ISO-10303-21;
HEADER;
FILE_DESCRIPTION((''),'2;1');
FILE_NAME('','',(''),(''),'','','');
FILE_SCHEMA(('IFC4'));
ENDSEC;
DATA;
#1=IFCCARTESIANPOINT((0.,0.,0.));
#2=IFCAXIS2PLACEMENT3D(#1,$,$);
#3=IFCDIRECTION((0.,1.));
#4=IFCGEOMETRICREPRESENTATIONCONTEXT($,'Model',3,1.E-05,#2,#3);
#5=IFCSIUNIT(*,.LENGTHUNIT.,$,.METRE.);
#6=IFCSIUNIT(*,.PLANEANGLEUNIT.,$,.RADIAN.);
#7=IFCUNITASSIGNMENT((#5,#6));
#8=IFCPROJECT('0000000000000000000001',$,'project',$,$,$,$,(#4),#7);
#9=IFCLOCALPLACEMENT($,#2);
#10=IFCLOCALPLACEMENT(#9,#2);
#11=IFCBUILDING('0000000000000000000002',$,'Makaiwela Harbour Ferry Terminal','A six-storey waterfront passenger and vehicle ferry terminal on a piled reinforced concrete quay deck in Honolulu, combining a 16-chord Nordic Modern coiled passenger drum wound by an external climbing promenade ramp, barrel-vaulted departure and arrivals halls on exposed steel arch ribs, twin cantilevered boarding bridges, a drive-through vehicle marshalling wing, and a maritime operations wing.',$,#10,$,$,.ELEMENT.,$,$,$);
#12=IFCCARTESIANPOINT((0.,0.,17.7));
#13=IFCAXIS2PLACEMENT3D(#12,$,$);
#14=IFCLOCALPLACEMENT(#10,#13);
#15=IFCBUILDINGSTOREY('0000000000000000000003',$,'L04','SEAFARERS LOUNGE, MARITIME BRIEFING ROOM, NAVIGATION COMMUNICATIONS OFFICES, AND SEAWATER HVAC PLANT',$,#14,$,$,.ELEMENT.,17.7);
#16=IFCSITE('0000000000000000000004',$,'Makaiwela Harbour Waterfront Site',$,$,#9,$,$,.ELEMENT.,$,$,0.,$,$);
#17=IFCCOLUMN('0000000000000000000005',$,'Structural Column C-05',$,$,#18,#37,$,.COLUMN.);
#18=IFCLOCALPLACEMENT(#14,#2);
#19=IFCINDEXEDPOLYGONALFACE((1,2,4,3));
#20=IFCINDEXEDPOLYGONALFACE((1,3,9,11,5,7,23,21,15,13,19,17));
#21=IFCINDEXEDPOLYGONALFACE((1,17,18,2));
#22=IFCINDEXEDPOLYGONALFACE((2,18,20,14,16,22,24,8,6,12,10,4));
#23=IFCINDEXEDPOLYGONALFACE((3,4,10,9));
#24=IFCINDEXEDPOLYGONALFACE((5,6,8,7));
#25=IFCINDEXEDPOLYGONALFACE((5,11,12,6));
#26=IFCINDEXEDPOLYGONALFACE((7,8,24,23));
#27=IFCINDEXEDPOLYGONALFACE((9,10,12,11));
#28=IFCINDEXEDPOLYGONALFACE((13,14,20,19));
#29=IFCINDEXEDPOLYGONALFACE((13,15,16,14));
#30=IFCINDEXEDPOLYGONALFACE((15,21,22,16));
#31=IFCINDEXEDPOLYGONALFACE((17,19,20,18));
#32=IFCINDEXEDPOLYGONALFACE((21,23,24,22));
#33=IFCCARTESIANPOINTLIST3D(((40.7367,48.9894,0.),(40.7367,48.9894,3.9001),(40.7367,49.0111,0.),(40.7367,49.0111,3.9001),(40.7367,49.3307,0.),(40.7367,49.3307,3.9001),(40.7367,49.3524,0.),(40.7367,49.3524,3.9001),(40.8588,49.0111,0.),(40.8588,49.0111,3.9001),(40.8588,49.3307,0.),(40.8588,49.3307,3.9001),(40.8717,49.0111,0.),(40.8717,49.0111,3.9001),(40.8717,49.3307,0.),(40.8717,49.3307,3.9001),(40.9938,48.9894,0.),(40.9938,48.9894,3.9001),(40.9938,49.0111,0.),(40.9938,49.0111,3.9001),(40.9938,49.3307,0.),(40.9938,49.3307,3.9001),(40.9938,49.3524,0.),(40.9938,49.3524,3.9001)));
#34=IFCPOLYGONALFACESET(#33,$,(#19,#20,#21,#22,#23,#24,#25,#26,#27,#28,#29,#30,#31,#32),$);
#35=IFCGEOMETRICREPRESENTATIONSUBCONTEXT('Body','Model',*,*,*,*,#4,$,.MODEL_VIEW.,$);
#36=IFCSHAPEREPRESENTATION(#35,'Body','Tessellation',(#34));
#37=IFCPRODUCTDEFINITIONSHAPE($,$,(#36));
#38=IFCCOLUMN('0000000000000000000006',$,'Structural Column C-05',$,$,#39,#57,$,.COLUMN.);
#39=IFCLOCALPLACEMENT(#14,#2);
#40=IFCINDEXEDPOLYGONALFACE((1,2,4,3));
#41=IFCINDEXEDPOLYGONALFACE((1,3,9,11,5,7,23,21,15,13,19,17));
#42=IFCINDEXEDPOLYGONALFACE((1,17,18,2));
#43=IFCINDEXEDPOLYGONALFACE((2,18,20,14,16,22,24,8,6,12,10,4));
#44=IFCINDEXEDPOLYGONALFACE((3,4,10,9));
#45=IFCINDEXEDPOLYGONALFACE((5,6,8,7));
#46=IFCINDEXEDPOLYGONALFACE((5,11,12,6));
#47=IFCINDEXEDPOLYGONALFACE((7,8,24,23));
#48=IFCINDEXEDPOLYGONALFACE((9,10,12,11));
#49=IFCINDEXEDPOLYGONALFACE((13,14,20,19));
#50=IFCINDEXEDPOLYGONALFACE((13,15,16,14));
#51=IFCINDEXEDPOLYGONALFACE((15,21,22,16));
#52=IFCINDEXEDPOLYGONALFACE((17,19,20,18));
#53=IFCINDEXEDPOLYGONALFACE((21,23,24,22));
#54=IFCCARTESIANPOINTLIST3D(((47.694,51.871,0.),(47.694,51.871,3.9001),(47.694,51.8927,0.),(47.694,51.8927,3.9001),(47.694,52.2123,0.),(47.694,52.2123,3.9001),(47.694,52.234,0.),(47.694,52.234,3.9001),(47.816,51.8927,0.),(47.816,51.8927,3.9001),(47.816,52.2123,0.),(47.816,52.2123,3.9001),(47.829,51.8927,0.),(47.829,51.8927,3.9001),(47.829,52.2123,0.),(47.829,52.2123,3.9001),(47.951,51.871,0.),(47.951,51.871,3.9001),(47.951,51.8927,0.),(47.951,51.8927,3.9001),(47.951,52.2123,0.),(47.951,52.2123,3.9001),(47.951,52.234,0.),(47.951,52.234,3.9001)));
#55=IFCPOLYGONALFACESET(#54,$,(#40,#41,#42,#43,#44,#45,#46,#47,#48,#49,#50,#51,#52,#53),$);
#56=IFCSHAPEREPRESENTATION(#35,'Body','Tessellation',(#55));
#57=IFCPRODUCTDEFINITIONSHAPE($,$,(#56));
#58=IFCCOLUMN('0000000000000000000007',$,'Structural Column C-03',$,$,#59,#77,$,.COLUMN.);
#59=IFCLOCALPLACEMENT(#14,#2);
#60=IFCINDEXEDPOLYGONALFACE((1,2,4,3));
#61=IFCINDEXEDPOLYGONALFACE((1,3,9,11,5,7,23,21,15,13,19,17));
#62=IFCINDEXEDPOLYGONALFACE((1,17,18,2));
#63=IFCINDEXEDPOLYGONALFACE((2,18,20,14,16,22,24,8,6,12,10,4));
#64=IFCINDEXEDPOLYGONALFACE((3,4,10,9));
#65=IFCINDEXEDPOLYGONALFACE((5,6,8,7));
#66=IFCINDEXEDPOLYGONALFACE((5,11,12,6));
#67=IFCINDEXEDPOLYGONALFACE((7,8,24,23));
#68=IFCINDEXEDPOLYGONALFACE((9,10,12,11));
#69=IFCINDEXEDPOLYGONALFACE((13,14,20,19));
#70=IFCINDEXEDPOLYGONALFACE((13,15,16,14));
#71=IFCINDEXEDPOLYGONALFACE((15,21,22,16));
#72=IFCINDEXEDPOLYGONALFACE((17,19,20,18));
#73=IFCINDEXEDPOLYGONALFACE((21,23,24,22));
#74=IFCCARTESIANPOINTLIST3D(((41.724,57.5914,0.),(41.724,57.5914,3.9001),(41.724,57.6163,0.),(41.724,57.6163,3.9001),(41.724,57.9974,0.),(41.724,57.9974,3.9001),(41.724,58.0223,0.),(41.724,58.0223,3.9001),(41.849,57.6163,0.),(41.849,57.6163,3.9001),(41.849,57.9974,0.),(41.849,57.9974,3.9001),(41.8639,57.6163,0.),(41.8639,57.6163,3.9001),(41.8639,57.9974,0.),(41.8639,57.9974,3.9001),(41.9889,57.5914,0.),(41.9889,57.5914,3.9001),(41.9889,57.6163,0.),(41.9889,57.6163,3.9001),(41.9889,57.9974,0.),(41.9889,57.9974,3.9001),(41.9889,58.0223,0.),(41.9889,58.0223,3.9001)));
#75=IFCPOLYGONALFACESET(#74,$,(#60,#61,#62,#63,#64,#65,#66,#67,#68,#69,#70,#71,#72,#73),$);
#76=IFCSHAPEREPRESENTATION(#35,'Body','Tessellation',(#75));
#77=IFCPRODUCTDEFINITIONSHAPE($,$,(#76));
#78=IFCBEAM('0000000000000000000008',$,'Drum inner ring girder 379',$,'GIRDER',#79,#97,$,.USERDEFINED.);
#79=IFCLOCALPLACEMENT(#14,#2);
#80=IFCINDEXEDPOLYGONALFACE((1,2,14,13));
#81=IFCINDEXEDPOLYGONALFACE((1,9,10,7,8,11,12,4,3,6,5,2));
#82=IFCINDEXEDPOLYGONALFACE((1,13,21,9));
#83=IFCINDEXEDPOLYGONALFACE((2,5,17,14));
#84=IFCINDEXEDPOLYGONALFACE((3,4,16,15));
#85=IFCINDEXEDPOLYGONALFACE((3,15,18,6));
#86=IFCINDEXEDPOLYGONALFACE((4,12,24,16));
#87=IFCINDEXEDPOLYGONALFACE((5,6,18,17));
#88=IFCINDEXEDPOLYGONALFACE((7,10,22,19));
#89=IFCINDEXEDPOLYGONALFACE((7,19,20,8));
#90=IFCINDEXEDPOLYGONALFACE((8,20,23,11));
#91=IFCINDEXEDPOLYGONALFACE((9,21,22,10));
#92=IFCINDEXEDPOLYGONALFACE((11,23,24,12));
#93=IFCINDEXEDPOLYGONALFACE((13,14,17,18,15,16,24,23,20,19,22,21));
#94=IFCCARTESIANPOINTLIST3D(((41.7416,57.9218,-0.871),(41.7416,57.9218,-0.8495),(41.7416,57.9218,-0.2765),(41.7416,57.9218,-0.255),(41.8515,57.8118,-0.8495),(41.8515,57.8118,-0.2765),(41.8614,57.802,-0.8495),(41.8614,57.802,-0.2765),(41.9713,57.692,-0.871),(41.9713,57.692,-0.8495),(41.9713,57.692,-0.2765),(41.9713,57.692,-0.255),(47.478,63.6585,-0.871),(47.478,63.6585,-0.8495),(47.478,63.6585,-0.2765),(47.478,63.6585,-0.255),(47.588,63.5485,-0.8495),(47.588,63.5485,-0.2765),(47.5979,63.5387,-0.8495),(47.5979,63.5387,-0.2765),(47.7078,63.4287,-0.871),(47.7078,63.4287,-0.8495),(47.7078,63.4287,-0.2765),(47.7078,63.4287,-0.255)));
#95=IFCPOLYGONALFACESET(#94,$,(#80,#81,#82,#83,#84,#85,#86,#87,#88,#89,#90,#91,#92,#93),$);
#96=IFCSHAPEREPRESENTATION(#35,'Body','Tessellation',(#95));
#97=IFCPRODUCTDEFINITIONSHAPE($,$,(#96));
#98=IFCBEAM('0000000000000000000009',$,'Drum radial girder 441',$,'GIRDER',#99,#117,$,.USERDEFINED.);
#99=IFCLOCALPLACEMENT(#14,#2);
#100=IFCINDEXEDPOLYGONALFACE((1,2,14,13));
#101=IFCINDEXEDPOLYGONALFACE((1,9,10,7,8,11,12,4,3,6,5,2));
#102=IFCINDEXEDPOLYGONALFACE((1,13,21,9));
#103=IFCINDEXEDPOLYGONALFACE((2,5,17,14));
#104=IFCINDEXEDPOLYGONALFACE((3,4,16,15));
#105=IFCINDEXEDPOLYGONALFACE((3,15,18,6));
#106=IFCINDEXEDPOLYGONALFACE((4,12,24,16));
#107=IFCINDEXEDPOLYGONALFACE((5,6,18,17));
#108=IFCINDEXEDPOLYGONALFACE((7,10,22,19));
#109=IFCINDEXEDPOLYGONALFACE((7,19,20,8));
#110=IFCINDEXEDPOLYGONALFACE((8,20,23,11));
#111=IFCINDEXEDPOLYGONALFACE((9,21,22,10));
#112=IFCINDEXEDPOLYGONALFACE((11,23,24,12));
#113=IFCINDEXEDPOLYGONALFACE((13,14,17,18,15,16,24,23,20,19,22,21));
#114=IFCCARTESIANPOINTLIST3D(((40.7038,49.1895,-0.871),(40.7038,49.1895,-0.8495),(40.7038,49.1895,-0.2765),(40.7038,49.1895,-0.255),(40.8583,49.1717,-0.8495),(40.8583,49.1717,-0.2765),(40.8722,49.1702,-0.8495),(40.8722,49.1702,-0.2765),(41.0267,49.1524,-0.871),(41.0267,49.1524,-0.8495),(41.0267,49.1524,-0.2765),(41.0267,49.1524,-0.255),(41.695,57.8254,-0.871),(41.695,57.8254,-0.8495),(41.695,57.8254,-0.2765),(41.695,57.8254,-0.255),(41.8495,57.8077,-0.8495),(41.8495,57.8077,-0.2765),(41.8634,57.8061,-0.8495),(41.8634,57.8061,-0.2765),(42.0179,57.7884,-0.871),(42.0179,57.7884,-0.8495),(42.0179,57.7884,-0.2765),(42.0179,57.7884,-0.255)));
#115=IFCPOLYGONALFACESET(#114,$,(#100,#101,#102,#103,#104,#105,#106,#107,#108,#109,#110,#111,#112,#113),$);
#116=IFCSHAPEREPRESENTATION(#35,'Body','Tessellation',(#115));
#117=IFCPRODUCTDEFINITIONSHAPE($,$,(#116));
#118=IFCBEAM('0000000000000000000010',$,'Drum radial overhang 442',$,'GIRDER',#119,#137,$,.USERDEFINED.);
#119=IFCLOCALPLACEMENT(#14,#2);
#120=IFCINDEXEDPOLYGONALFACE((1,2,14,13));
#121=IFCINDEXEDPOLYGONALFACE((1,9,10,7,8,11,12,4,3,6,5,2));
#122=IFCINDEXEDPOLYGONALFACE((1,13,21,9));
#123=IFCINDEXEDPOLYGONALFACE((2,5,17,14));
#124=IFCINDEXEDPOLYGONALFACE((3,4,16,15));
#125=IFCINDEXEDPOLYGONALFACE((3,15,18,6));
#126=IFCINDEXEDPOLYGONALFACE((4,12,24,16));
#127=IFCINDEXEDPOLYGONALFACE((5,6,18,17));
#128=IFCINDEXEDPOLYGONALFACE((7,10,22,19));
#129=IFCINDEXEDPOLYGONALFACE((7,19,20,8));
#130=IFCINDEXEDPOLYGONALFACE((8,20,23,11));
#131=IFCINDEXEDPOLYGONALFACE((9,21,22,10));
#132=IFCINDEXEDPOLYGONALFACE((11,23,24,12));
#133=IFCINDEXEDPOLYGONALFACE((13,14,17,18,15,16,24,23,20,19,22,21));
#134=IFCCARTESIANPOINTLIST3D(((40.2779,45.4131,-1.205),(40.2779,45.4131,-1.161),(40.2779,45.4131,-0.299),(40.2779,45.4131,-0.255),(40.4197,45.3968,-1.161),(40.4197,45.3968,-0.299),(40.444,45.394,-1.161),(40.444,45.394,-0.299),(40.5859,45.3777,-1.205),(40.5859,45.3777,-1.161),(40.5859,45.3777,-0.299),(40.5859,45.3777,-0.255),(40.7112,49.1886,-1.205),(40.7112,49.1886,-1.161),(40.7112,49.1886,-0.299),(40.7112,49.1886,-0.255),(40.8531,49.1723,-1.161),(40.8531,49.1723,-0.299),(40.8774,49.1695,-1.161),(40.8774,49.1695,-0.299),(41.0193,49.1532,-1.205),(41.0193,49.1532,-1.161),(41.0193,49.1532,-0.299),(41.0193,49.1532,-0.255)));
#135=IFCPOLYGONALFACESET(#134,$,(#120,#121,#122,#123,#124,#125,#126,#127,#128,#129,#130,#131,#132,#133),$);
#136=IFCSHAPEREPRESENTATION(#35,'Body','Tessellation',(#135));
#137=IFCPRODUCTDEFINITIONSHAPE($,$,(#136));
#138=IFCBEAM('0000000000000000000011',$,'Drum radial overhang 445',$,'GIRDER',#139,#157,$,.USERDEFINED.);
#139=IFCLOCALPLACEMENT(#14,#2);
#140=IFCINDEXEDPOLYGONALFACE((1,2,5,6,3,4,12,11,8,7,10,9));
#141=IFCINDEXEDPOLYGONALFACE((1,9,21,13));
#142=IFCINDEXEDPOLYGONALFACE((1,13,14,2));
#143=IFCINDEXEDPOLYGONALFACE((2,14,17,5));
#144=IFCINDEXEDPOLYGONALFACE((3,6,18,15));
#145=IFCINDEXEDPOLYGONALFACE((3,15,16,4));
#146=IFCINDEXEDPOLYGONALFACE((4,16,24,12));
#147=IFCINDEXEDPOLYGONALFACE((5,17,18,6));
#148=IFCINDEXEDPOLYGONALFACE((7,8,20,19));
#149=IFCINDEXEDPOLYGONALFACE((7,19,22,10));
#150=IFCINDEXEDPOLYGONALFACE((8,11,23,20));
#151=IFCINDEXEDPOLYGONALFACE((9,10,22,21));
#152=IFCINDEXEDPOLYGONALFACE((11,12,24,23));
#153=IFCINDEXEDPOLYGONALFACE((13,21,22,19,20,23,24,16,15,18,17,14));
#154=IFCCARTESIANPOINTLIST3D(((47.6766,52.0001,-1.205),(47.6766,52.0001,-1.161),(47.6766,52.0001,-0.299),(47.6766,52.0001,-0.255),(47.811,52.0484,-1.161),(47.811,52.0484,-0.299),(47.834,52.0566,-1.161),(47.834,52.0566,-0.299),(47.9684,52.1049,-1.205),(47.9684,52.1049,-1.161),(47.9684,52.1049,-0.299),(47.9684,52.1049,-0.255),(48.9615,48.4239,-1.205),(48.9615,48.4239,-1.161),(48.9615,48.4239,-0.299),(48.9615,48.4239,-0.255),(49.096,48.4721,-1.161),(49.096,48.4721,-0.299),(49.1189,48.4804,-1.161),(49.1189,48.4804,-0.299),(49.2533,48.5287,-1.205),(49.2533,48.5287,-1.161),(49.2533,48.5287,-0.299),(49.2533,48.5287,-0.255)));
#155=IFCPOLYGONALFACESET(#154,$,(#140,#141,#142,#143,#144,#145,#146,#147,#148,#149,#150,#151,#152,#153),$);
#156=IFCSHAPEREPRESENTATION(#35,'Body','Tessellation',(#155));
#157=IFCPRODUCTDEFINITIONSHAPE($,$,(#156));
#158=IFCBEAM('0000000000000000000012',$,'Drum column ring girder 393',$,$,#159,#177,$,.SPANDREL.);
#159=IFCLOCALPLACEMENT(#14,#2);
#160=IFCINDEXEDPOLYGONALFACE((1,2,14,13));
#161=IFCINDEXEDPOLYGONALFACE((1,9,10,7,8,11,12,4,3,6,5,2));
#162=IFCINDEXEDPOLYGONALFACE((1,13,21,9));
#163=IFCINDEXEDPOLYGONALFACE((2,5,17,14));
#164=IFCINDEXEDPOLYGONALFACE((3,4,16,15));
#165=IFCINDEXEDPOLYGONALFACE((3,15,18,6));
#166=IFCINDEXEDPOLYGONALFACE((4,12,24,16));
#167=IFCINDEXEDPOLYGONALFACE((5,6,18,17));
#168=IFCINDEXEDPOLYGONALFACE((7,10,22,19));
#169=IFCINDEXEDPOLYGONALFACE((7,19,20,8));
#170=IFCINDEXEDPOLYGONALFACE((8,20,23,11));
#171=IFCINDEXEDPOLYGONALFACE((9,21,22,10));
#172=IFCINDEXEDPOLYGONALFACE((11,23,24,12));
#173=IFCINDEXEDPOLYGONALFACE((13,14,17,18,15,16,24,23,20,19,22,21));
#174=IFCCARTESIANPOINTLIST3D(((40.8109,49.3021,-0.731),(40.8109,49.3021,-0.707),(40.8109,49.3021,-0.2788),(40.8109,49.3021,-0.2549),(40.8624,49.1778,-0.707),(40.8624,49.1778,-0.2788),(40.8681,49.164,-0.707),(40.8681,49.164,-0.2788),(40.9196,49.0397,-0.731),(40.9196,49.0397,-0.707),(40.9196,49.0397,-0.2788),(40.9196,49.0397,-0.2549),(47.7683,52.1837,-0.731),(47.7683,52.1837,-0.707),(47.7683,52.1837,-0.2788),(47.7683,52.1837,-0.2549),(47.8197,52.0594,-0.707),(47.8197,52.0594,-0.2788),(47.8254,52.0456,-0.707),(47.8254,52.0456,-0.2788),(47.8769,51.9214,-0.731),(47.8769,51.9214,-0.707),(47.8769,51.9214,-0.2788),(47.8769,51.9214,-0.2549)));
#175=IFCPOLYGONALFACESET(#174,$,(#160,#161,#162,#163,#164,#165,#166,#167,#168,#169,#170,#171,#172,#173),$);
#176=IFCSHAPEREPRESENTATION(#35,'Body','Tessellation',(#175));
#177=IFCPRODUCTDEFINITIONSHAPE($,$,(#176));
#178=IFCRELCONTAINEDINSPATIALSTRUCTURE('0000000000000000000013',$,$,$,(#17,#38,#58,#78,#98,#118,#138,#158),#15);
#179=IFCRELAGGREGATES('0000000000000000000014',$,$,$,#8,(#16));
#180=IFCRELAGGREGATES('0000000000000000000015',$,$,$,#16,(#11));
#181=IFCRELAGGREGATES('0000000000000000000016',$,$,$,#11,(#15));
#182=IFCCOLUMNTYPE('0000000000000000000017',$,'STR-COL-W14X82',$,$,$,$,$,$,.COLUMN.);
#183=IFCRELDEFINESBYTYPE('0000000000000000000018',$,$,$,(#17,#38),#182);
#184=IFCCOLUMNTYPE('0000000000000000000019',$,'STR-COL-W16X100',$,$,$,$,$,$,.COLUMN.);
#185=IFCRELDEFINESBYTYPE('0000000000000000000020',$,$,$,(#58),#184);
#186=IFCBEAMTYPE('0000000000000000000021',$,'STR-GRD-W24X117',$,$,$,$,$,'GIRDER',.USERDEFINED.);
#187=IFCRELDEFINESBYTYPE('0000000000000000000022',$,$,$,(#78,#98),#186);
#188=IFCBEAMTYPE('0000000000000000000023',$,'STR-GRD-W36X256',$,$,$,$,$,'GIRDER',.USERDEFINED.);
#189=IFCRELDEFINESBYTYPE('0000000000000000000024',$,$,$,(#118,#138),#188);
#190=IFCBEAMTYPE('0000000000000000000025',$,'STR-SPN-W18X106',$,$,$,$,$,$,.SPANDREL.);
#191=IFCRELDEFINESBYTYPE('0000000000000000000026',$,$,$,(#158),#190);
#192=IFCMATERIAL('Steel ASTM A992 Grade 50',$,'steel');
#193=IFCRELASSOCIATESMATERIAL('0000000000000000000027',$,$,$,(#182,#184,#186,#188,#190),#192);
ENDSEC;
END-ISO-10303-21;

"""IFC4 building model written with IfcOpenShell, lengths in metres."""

from ifc_helpers import new_model, si_unit, direction, frame, origin, origin_2d, place, context, subcontext, project, spatial, i_section, extrude, material, material_profile, profile_set, type_object, element, save


model = new_model("IFC4")

# Units and contexts
model_context = context("Model", 3, precision=1e-05, world=origin(), true_north=direction((0.0, 1.0)))
body_context = subcontext(model_context, "Body", "Model", "MODEL_VIEW")
ifc_project = project(units=[si_unit("LENGTHUNIT", "METRE"), si_unit("PLANEANGLEUNIT", "RADIAN")], contexts=[model_context])

# Site, building, storey
site_placement = place(None, origin())
site = spatial("IfcSite", under=ifc_project, at=site_placement, Name="Makaiwela Harbour Waterfront Site", CompositionType="ELEMENT", RefElevation=0.0)
building_placement = place(site_placement, origin())
building = spatial("IfcBuilding", under=site, at=building_placement, Name="Makaiwela Harbour Ferry Terminal", Description="A six-storey waterfront passenger and vehicle ferry terminal on a piled reinforced concrete quay deck in Honolulu, combining a 16-chord Nordic Modern coiled passenger drum wound by an external climbing promenade ramp, barrel-vaulted departure and arrivals halls on exposed steel arch ribs, twin cantilevered boarding bridges, a drive-through vehicle marshalling wing, and a maritime operations wing.", CompositionType="ELEMENT")
storey_placement = place(building_placement, frame((0.0, 0.0, 17.7)))
storey = spatial("IfcBuildingStorey", under=building, at=storey_placement, Name="L04", Description="SEAFARERS LOUNGE, MARITIME BRIEFING ROOM, NAVIGATION COMMUNICATIONS OFFICES, AND SEAWATER HVAC PLANT", CompositionType="ELEMENT", Elevation=17.7)

# Columns
ifc_material_1 = material(Name="Steel ASTM A992 Grade 50", Category="steel")
ifc_material_profile_1 = material_profile(ifc_material_1, i_section(OverallWidth=0.2571, OverallDepth=0.363, WebThickness=0.0129, FlangeThickness=0.0217, at=origin_2d()), Name="W14X82")
ifc_profile_set_1 = profile_set([ifc_material_profile_1], Name="Steel ASTM A992 Grade 50")
column_type_1 = type_object("IfcColumnType", Name="STR-COL-W14X82", PredefinedType="COLUMN", material=ifc_profile_set_1)
for number, where, z_axis, x_axis, name in (
    (1, (40.8652, 49.1709, 0.0), (0.0, 0.0, 1.0), (1.0, 0.0, 0.0), "Structural Column C-05"),
    (2, (47.8225, 52.0525, 0.0), (0.0, 0.0, 1.0), (1.0, 0.0, 0.0), "Structural Column C-05"),
):
    element("IfcColumn", number, at=place(storey_placement, frame(where, z_axis=z_axis, x_axis=x_axis)), inside=storey, type_object=column_type_1, Name=name, PredefinedType="COLUMN", context=body_context, shape_type="SweptSolid", body=[
        extrude(i_section(OverallWidth=0.2571, OverallDepth=0.363, WebThickness=0.0129, FlangeThickness=0.0217, at=origin_2d()), origin(), (0.0, 0.0, 1.0), 3.9001),
    ])
ifc_material_profile_2 = material_profile(ifc_material_1, i_section(OverallWidth=0.2649, OverallDepth=0.4309, WebThickness=0.0149, FlangeThickness=0.0249, at=origin_2d()), Name="W16X100")
ifc_profile_set_2 = profile_set([ifc_material_profile_2], Name="Steel ASTM A992 Grade 50")
column_type_2 = type_object("IfcColumnType", Name="STR-COL-W16X100", PredefinedType="COLUMN", material=ifc_profile_set_2)
column_placement = place(storey_placement, frame((41.8564, 57.8069, 0.0), z_axis=(0.0, 0.0, 1.0), x_axis=(1.0, 0.0, 0.0)))
element("IfcColumn", 3, at=column_placement, inside=storey, type_object=column_type_2, Name="Structural Column C-03", PredefinedType="COLUMN", context=body_context, shape_type="SweptSolid", body=[
    extrude(i_section(OverallWidth=0.2649, OverallDepth=0.4309, WebThickness=0.0149, FlangeThickness=0.0249, at=origin_2d()), origin(), (0.0, 0.0, 1.0), 3.9001),
])

# Beams
ifc_material_profile_3 = material_profile(ifc_material_1, i_section(OverallWidth=0.325, OverallDepth=0.616, WebThickness=0.0139, FlangeThickness=0.0215, at=origin_2d()), Name="W24X117")
ifc_profile_set_3 = profile_set([ifc_material_profile_3], Name="Steel ASTM A992 Grade 50")
beam_type_1 = type_object("IfcBeamType", Name="STR-GRD-W24X117", ElementType="GIRDER", PredefinedType="USERDEFINED", material=ifc_profile_set_3)
beam_1_placement = place(storey_placement, frame((41.8564, 57.8069, -0.563), z_axis=(0.707092, 0.707122, 0.0), x_axis=(-0.707122, 0.707092, 0.0)))
element("IfcBeam", 4, at=beam_1_placement, inside=storey, type_object=beam_type_1, Name="Drum inner ring girder 379", ObjectType="GIRDER", PredefinedType="USERDEFINED", context=body_context, shape_type="SweptSolid", body=[
    extrude(i_section(OverallWidth=0.325, OverallDepth=0.616, WebThickness=0.0139, FlangeThickness=0.0215, at=origin_2d()), origin(), (0.0, 0.0, 1.0), 8.1128),
])
beam_2_placement = place(storey_placement, frame((41.8564, 57.8069, -0.563), z_axis=(-0.114028, -0.993478, 0.0), x_axis=(0.993478, -0.114028, 0.0)))
element("IfcBeam", 5, at=beam_2_placement, inside=storey, type_object=beam_type_1, Name="Drum radial girder 441", ObjectType="GIRDER", PredefinedType="USERDEFINED", context=body_context, shape_type="SweptSolid", body=[
    extrude(i_section(OverallWidth=0.325, OverallDepth=0.616, WebThickness=0.0139, FlangeThickness=0.0215, at=origin_2d()), origin(), (0.0, 0.0, 1.0), 8.6926),
])
ifc_material_profile_4 = material_profile(ifc_material_1, i_section(OverallWidth=0.3101, OverallDepth=0.95, WebThickness=0.0244, FlangeThickness=0.0439, at=origin_2d()), Name="W36X256")
ifc_profile_set_4 = profile_set([ifc_material_profile_4], Name="Steel ASTM A992 Grade 50")
beam_type_2 = type_object("IfcBeamType", Name="STR-GRD-W36X256", ElementType="GIRDER", PredefinedType="USERDEFINED", material=ifc_profile_set_4)
beam_3_placement = place(storey_placement, frame((40.8652, 49.1709, -0.73), z_axis=(-0.114034, -0.993477, 0.0), x_axis=(0.993477, -0.114034, 0.0)))
element("IfcBeam", 6, at=beam_3_placement, inside=storey, type_object=beam_type_2, Name="Drum radial overhang 442", ObjectType="GIRDER", PredefinedType="USERDEFINED", context=body_context, shape_type="SweptSolid", body=[
    extrude(i_section(OverallWidth=0.3101, OverallDepth=0.95, WebThickness=0.0244, FlangeThickness=0.0439, at=origin_2d()), origin(), (0.0, 0.0, 1.0), 3.8003),
])
beam_4_placement = place(storey_placement, frame((47.8225, 52.0525, -0.73), z_axis=(0.338135, -0.941098, 0.0), x_axis=(0.941098, 0.338135, 0.0)))
element("IfcBeam", 7, at=beam_4_placement, inside=storey, type_object=beam_type_2, Name="Drum radial overhang 445", ObjectType="GIRDER", PredefinedType="USERDEFINED", context=body_context, shape_type="SweptSolid", body=[
    extrude(i_section(OverallWidth=0.3101, OverallDepth=0.95, WebThickness=0.0244, FlangeThickness=0.0439, at=origin_2d()), origin(), (0.0, 0.0, 1.0), 3.8),
])
ifc_material_profile_5 = material_profile(ifc_material_1, i_section(OverallWidth=0.2839, OverallDepth=0.4761, WebThickness=0.0149, FlangeThickness=0.0239, at=origin_2d()), Name="W18X106")
ifc_profile_set_5 = profile_set([ifc_material_profile_5], Name="Steel ASTM A992 Grade 50")
beam_type_3 = type_object("IfcBeamType", Name="STR-SPN-W18X106", PredefinedType="SPANDREL", material=ifc_profile_set_5)
for number, where, z_axis, x_axis, name in (
    (8, (40.8652, 49.1709, -0.4929), (0.923889, 0.38266, 0.0), (-0.38266, 0.923889, 0.0), "Drum column ring girder 393"),
):
    element("IfcBeam", number, at=place(storey_placement, frame(where, z_axis=z_axis, x_axis=x_axis)), inside=storey, type_object=beam_type_3, Name=name, PredefinedType="SPANDREL", context=body_context, shape_type="SweptSolid", body=[
        extrude(i_section(OverallWidth=0.2839, OverallDepth=0.4761, WebThickness=0.0149, FlangeThickness=0.0239, at=origin_2d()), origin(), (0.0, 0.0, 1.0), 7.5305),
    ])

save(model, "model.ifc")
